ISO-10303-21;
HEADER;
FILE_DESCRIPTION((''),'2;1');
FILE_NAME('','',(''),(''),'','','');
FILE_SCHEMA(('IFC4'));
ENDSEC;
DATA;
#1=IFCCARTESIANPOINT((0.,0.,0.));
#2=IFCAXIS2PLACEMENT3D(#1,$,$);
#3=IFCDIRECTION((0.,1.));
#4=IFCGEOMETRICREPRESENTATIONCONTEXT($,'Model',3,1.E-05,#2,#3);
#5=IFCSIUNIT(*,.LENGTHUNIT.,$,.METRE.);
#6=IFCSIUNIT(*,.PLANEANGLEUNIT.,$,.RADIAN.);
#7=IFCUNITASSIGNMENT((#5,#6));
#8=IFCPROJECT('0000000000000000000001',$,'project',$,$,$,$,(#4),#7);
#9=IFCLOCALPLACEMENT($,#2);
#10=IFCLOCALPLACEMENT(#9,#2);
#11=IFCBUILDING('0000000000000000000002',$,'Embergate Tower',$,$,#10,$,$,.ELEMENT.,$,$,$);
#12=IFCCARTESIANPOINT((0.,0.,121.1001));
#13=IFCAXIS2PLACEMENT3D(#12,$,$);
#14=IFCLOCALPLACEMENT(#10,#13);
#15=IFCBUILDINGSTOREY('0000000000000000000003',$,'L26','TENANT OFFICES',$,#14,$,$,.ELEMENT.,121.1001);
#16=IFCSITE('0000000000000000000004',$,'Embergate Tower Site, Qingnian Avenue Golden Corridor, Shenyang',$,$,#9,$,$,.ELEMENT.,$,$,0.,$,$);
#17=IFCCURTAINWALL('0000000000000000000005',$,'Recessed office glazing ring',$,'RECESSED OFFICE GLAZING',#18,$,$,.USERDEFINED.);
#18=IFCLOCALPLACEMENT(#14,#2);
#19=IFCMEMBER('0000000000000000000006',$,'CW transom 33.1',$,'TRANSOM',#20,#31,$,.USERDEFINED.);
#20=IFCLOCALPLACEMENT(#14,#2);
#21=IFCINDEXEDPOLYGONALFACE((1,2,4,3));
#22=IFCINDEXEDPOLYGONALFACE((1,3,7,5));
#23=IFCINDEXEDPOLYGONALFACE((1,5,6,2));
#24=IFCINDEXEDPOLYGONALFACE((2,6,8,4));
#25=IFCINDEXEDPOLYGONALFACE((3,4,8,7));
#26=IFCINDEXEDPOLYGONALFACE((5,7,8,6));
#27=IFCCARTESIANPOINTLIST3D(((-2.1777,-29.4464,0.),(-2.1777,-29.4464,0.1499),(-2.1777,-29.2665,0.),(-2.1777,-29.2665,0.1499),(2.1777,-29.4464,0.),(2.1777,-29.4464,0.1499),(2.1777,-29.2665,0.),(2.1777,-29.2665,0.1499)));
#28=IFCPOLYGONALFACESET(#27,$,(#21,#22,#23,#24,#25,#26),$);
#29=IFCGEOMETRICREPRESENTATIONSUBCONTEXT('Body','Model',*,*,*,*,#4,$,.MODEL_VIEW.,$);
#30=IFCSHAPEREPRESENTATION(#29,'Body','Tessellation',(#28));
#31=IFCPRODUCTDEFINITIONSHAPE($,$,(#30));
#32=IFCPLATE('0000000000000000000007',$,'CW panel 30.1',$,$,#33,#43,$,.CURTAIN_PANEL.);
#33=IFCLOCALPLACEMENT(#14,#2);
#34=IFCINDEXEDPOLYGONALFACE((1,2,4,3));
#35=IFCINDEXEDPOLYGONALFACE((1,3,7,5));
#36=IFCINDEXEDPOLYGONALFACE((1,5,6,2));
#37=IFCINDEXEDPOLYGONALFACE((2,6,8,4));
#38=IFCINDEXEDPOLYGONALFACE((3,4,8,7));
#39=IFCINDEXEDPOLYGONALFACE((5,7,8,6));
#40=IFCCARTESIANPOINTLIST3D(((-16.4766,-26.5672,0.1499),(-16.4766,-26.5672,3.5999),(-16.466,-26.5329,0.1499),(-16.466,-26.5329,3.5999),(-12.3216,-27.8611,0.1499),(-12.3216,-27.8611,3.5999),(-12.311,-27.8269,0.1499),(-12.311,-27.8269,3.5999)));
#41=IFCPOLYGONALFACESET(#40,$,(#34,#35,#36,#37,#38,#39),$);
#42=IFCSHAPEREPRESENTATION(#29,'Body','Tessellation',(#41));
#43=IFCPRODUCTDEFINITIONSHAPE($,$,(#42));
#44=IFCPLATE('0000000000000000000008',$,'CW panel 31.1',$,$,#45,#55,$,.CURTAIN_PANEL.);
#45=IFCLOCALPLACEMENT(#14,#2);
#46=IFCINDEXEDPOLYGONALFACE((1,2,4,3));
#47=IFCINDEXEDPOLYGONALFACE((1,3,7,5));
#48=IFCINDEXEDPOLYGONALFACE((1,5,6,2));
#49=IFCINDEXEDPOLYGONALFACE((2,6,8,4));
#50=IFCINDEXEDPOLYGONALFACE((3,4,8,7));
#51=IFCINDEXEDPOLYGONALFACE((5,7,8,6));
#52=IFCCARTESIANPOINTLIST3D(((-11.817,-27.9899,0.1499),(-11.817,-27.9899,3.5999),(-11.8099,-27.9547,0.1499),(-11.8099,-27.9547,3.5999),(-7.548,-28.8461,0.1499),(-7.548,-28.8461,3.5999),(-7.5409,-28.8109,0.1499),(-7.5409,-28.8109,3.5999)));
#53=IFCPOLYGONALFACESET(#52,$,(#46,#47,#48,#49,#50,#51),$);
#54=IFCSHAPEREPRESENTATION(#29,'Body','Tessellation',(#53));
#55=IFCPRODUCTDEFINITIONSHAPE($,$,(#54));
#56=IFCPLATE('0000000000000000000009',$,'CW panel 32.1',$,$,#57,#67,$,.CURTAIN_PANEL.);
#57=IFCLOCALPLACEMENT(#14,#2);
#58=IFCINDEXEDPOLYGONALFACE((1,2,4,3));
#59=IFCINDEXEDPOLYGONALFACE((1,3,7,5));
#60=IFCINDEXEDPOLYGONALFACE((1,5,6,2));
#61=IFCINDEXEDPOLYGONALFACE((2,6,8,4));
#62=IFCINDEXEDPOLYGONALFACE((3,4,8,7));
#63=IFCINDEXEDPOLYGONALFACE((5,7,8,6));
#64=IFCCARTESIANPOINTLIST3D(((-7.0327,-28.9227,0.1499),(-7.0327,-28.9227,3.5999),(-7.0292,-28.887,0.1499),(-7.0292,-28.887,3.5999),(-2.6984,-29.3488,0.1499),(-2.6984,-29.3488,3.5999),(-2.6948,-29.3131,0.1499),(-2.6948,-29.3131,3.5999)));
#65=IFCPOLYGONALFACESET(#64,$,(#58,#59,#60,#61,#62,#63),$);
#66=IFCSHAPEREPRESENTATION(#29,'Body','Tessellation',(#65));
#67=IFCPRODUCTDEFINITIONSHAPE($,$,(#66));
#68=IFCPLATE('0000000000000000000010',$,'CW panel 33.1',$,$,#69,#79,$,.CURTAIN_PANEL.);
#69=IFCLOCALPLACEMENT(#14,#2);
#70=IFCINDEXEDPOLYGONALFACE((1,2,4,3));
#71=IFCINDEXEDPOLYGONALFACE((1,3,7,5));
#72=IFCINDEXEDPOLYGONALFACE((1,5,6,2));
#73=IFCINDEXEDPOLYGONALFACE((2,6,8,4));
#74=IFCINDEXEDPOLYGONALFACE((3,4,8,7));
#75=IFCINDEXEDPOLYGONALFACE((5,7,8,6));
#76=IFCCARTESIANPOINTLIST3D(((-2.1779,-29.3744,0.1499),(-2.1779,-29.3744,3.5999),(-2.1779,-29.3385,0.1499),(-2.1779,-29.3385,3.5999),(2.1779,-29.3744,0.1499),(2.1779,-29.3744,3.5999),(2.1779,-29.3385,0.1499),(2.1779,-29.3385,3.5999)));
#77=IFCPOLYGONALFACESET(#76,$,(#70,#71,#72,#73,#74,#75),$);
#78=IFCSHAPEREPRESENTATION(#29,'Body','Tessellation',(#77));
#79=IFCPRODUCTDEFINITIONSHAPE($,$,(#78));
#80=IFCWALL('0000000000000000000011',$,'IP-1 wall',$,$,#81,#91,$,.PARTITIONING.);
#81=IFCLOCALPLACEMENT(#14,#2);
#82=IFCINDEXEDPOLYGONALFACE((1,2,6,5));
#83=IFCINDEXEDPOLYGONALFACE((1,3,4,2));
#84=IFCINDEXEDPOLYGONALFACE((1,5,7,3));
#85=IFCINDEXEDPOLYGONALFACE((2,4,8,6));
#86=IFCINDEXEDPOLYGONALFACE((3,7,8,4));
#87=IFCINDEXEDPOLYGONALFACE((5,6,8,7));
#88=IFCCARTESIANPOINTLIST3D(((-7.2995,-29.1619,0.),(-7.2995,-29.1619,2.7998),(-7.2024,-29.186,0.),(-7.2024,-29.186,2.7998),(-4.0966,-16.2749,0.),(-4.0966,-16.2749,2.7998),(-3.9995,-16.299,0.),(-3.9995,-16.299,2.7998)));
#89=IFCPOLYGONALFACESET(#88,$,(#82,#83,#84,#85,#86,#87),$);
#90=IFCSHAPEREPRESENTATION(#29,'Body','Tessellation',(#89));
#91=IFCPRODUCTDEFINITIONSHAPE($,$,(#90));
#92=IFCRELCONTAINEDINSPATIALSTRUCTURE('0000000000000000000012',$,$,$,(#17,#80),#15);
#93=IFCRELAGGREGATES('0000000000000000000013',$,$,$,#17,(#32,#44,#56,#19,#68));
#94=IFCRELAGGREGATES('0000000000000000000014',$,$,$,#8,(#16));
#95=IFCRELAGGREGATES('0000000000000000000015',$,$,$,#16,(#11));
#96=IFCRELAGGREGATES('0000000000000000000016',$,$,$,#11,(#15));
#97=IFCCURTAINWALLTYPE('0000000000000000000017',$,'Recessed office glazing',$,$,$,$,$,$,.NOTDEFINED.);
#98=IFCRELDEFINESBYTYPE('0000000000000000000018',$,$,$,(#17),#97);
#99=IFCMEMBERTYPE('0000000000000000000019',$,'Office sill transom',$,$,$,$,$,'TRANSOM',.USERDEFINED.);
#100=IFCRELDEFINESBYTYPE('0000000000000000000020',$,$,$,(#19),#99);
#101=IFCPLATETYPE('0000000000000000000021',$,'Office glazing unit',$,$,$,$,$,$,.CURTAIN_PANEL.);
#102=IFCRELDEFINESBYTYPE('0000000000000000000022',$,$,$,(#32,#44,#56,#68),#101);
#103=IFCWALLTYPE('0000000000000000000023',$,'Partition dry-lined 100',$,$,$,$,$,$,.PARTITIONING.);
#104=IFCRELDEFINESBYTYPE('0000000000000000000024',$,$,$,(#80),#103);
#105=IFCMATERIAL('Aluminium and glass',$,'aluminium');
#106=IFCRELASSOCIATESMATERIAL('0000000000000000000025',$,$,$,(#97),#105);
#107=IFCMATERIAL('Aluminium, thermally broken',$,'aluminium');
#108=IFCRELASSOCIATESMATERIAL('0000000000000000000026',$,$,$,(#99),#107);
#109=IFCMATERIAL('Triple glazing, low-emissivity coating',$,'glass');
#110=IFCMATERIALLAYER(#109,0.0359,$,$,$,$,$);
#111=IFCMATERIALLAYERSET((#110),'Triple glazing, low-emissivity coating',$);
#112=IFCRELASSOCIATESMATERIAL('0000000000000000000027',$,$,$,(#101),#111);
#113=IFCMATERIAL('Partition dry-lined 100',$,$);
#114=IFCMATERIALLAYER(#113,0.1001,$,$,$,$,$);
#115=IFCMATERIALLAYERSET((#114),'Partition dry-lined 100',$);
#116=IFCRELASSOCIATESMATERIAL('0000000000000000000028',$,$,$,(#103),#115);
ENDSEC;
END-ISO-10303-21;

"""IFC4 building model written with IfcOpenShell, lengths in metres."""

from ifc_helpers import new_model, si_unit, direction, frame, frame_2d, origin, origin_2d, place, context, subcontext, project, spatial, rectangle, extrude, source, transform, mapped, material, layer, layer_set, material_profile, profile_set, type_object, element, aggregate, save


model = new_model("IFC4")

# Units and contexts
model_context = context("Model", 3, precision=1e-05, world=origin(), true_north=direction((0.0, 1.0)))
body_context = subcontext(model_context, "Body", "Model", "MODEL_VIEW")
ifc_project = project(units=[si_unit("LENGTHUNIT", "METRE"), si_unit("PLANEANGLEUNIT", "RADIAN")], contexts=[model_context])

# Site, building, storey
site_placement = place(None, origin())
site = spatial("IfcSite", under=ifc_project, at=site_placement, Name="Embergate Tower Site, Qingnian Avenue Golden Corridor, Shenyang", CompositionType="ELEMENT", RefElevation=0.0)
building_placement = place(site_placement, origin())
building = spatial("IfcBuilding", under=site, at=building_placement, Name="Embergate Tower", CompositionType="ELEMENT")
storey_placement = place(building_placement, frame((0.0, 0.0, 121.1001)))
storey = spatial("IfcBuildingStorey", under=building, at=storey_placement, Name="L26", Description="TENANT OFFICES", CompositionType="ELEMENT", Elevation=121.1001)

# Curtain wall, member
ifc_material_1 = material(Name="Aluminium and glass", Category="aluminium")
curtain_wall_type = type_object("IfcCurtainWallType", Name="Recessed office glazing", PredefinedType="NOTDEFINED", material=ifc_material_1)
curtain_wall_placement = place(storey_placement, origin())
curtain_wall = element("IfcCurtainWall", 1, at=curtain_wall_placement, inside=storey, type_object=curtain_wall_type, Name="Recessed office glazing ring", ObjectType="RECESSED OFFICE GLAZING", PredefinedType="USERDEFINED")
ifc_material_2 = material(Name="Aluminium, thermally broken", Category="aluminium")
ifc_material_profile_1 = material_profile(ifc_material_2, rectangle(XDim=0.1799, YDim=0.1499, at=origin_2d()), Name="AL 150x180")
ifc_profile_set_1 = profile_set([ifc_material_profile_1], Name="Aluminium, thermally broken")
member_type_1 = type_object("IfcMemberType", Name="Office sill transom", ElementType="TRANSOM", PredefinedType="USERDEFINED", material=ifc_profile_set_1)
shared_shape_1 = source(origin(), body_context, "Body", "SweptSolid", [
    extrude(rectangle(XDim=0.1799, YDim=0.1499, at=origin_2d()), origin(), (0.0, 0.0, 1.0), 4.3555),
])
member_1_placement = place(storey_placement, frame((-2.1777, -29.3564, 0.075), z_axis=(1.0, 0.0, 0.0), x_axis=(0.0, 1.0, 0.0)))
member_1 = element("IfcMember", 2, at=member_1_placement, type_object=member_type_1, Name="CW transom 33.1", ObjectType="TRANSOM", PredefinedType="USERDEFINED", context=body_context, shape_type="MappedRepresentation", body=[
    mapped(shared_shape_1, transform((0.0, 0.0, 0.0))),
])

# Plates
ifc_material_3 = material(Name="Triple glazing, low-emissivity coating", Category="glass")
ifc_layer_1 = layer(ifc_material_3, 0.0359)
ifc_layer_set_1 = layer_set([ifc_layer_1], Name="Triple glazing, low-emissivity coating")
plate_type = type_object("IfcPlateType", Name="Office glazing unit", PredefinedType="CURTAIN_PANEL", material=ifc_layer_set_1)
shared_shape_2 = source(origin(), body_context, "Body", "SweptSolid", [
    extrude(rectangle(XDim=4.3518, YDim=0.0359, at=origin_2d()), origin(), (0.0, 0.0, 1.0), 3.45),
])
plate_1_placement = place(storey_placement, frame((-14.3938, -27.197, 0.1499), z_axis=(0.0, 0.0, 1.0), x_axis=(0.954772, -0.297338, 0.0)))
plate_1 = element("IfcPlate", 3, at=plate_1_placement, type_object=plate_type, Name="CW panel 30.1", PredefinedType="CURTAIN_PANEL", context=body_context, shape_type="MappedRepresentation", body=[
    mapped(shared_shape_2, transform((0.0, 0.0, 0.0))),
])
shared_shape_3 = source(origin(), body_context, "Body", "SweptSolid", [
    extrude(rectangle(XDim=4.354, YDim=0.0359, at=origin_2d()), origin(), (0.0, 0.0, 1.0), 3.45),
])
plate_2_placement = place(storey_placement, frame((-9.679, -28.4004, 0.1499), z_axis=(0.0, 0.0, 1.0), x_axis=(0.980476, -0.196639, 0.0)))
plate_2 = element("IfcPlate", 4, at=plate_2_placement, type_object=plate_type, Name="CW panel 31.1", PredefinedType="CURTAIN_PANEL", context=body_context, shape_type="MappedRepresentation", body=[
    mapped(shared_shape_3, transform((0.0, 0.0, 0.0))),
])
shared_shape_4 = source(origin(), body_context, "Body", "SweptSolid", [
    extrude(rectangle(XDim=4.3552, YDim=0.0359, at=origin_2d()), origin(), (0.0, 0.0, 1.0), 3.45),
])
plate_3_placement = place(storey_placement, frame((-4.8638, -29.1179, 0.1499), z_axis=(0.0, 0.0, 1.0), x_axis=(0.995203, -0.09783, 0.0)))
plate_3 = element("IfcPlate", 5, at=plate_3_placement, type_object=plate_type, Name="CW panel 32.1", PredefinedType="CURTAIN_PANEL", context=body_context, shape_type="MappedRepresentation", body=[
    mapped(shared_shape_4, transform((0.0, 0.0, 0.0))),
])
shared_shape_5 = source(origin(), body_context, "Body", "SweptSolid", [
    extrude(rectangle(XDim=4.3557, YDim=0.0359, at=origin_2d()), origin(), (0.0, 0.0, 1.0), 3.45),
])
plate_4_placement = place(storey_placement, frame((0.0, -29.3564, 0.1499), z_axis=(0.0, 0.0, 1.0), x_axis=(1.0, 0.0, 0.0)))
plate_4 = element("IfcPlate", 6, at=plate_4_placement, type_object=plate_type, Name="CW panel 33.1", PredefinedType="CURTAIN_PANEL", context=body_context, shape_type="MappedRepresentation", body=[
    mapped(shared_shape_5, transform((0.0, 0.0, 0.0))),
])
aggregate(curtain_wall, [plate_1, plate_2, plate_3, member_1, plate_4])

# Wall
ifc_material_4 = material(Name="Partition dry-lined 100")
ifc_layer_2 = layer(ifc_material_4, 0.1001)
ifc_layer_set_2 = layer_set([ifc_layer_2], Name="Partition dry-lined 100")
wall_type = type_object("IfcWallType", Name="Partition dry-lined 100", PredefinedType="PARTITIONING", material=ifc_layer_set_2)
shared_shape_6 = source(origin(), body_context, "Body", "SweptSolid", [
    extrude(rectangle(XDim=13.2791, YDim=0.1001, at=frame_2d((6.6396, 0.0))), origin(), (0.0, 0.0, 1.0), 2.7998),
])
wall_placement = place(storey_placement, frame((-7.251, -29.1741, 0.0), z_axis=(0.0, 0.0, 1.0), x_axis=(0.241199, 0.970476, 0.0)))
element("IfcWall", 7, at=wall_placement, inside=storey, type_object=wall_type, Name="IP-1 wall", PredefinedType="PARTITIONING", context=body_context, shape_type="MappedRepresentation", body=[
    mapped(shared_shape_6, transform((0.0, 0.0, 0.0))),
])

save(model, "model.ifc")
